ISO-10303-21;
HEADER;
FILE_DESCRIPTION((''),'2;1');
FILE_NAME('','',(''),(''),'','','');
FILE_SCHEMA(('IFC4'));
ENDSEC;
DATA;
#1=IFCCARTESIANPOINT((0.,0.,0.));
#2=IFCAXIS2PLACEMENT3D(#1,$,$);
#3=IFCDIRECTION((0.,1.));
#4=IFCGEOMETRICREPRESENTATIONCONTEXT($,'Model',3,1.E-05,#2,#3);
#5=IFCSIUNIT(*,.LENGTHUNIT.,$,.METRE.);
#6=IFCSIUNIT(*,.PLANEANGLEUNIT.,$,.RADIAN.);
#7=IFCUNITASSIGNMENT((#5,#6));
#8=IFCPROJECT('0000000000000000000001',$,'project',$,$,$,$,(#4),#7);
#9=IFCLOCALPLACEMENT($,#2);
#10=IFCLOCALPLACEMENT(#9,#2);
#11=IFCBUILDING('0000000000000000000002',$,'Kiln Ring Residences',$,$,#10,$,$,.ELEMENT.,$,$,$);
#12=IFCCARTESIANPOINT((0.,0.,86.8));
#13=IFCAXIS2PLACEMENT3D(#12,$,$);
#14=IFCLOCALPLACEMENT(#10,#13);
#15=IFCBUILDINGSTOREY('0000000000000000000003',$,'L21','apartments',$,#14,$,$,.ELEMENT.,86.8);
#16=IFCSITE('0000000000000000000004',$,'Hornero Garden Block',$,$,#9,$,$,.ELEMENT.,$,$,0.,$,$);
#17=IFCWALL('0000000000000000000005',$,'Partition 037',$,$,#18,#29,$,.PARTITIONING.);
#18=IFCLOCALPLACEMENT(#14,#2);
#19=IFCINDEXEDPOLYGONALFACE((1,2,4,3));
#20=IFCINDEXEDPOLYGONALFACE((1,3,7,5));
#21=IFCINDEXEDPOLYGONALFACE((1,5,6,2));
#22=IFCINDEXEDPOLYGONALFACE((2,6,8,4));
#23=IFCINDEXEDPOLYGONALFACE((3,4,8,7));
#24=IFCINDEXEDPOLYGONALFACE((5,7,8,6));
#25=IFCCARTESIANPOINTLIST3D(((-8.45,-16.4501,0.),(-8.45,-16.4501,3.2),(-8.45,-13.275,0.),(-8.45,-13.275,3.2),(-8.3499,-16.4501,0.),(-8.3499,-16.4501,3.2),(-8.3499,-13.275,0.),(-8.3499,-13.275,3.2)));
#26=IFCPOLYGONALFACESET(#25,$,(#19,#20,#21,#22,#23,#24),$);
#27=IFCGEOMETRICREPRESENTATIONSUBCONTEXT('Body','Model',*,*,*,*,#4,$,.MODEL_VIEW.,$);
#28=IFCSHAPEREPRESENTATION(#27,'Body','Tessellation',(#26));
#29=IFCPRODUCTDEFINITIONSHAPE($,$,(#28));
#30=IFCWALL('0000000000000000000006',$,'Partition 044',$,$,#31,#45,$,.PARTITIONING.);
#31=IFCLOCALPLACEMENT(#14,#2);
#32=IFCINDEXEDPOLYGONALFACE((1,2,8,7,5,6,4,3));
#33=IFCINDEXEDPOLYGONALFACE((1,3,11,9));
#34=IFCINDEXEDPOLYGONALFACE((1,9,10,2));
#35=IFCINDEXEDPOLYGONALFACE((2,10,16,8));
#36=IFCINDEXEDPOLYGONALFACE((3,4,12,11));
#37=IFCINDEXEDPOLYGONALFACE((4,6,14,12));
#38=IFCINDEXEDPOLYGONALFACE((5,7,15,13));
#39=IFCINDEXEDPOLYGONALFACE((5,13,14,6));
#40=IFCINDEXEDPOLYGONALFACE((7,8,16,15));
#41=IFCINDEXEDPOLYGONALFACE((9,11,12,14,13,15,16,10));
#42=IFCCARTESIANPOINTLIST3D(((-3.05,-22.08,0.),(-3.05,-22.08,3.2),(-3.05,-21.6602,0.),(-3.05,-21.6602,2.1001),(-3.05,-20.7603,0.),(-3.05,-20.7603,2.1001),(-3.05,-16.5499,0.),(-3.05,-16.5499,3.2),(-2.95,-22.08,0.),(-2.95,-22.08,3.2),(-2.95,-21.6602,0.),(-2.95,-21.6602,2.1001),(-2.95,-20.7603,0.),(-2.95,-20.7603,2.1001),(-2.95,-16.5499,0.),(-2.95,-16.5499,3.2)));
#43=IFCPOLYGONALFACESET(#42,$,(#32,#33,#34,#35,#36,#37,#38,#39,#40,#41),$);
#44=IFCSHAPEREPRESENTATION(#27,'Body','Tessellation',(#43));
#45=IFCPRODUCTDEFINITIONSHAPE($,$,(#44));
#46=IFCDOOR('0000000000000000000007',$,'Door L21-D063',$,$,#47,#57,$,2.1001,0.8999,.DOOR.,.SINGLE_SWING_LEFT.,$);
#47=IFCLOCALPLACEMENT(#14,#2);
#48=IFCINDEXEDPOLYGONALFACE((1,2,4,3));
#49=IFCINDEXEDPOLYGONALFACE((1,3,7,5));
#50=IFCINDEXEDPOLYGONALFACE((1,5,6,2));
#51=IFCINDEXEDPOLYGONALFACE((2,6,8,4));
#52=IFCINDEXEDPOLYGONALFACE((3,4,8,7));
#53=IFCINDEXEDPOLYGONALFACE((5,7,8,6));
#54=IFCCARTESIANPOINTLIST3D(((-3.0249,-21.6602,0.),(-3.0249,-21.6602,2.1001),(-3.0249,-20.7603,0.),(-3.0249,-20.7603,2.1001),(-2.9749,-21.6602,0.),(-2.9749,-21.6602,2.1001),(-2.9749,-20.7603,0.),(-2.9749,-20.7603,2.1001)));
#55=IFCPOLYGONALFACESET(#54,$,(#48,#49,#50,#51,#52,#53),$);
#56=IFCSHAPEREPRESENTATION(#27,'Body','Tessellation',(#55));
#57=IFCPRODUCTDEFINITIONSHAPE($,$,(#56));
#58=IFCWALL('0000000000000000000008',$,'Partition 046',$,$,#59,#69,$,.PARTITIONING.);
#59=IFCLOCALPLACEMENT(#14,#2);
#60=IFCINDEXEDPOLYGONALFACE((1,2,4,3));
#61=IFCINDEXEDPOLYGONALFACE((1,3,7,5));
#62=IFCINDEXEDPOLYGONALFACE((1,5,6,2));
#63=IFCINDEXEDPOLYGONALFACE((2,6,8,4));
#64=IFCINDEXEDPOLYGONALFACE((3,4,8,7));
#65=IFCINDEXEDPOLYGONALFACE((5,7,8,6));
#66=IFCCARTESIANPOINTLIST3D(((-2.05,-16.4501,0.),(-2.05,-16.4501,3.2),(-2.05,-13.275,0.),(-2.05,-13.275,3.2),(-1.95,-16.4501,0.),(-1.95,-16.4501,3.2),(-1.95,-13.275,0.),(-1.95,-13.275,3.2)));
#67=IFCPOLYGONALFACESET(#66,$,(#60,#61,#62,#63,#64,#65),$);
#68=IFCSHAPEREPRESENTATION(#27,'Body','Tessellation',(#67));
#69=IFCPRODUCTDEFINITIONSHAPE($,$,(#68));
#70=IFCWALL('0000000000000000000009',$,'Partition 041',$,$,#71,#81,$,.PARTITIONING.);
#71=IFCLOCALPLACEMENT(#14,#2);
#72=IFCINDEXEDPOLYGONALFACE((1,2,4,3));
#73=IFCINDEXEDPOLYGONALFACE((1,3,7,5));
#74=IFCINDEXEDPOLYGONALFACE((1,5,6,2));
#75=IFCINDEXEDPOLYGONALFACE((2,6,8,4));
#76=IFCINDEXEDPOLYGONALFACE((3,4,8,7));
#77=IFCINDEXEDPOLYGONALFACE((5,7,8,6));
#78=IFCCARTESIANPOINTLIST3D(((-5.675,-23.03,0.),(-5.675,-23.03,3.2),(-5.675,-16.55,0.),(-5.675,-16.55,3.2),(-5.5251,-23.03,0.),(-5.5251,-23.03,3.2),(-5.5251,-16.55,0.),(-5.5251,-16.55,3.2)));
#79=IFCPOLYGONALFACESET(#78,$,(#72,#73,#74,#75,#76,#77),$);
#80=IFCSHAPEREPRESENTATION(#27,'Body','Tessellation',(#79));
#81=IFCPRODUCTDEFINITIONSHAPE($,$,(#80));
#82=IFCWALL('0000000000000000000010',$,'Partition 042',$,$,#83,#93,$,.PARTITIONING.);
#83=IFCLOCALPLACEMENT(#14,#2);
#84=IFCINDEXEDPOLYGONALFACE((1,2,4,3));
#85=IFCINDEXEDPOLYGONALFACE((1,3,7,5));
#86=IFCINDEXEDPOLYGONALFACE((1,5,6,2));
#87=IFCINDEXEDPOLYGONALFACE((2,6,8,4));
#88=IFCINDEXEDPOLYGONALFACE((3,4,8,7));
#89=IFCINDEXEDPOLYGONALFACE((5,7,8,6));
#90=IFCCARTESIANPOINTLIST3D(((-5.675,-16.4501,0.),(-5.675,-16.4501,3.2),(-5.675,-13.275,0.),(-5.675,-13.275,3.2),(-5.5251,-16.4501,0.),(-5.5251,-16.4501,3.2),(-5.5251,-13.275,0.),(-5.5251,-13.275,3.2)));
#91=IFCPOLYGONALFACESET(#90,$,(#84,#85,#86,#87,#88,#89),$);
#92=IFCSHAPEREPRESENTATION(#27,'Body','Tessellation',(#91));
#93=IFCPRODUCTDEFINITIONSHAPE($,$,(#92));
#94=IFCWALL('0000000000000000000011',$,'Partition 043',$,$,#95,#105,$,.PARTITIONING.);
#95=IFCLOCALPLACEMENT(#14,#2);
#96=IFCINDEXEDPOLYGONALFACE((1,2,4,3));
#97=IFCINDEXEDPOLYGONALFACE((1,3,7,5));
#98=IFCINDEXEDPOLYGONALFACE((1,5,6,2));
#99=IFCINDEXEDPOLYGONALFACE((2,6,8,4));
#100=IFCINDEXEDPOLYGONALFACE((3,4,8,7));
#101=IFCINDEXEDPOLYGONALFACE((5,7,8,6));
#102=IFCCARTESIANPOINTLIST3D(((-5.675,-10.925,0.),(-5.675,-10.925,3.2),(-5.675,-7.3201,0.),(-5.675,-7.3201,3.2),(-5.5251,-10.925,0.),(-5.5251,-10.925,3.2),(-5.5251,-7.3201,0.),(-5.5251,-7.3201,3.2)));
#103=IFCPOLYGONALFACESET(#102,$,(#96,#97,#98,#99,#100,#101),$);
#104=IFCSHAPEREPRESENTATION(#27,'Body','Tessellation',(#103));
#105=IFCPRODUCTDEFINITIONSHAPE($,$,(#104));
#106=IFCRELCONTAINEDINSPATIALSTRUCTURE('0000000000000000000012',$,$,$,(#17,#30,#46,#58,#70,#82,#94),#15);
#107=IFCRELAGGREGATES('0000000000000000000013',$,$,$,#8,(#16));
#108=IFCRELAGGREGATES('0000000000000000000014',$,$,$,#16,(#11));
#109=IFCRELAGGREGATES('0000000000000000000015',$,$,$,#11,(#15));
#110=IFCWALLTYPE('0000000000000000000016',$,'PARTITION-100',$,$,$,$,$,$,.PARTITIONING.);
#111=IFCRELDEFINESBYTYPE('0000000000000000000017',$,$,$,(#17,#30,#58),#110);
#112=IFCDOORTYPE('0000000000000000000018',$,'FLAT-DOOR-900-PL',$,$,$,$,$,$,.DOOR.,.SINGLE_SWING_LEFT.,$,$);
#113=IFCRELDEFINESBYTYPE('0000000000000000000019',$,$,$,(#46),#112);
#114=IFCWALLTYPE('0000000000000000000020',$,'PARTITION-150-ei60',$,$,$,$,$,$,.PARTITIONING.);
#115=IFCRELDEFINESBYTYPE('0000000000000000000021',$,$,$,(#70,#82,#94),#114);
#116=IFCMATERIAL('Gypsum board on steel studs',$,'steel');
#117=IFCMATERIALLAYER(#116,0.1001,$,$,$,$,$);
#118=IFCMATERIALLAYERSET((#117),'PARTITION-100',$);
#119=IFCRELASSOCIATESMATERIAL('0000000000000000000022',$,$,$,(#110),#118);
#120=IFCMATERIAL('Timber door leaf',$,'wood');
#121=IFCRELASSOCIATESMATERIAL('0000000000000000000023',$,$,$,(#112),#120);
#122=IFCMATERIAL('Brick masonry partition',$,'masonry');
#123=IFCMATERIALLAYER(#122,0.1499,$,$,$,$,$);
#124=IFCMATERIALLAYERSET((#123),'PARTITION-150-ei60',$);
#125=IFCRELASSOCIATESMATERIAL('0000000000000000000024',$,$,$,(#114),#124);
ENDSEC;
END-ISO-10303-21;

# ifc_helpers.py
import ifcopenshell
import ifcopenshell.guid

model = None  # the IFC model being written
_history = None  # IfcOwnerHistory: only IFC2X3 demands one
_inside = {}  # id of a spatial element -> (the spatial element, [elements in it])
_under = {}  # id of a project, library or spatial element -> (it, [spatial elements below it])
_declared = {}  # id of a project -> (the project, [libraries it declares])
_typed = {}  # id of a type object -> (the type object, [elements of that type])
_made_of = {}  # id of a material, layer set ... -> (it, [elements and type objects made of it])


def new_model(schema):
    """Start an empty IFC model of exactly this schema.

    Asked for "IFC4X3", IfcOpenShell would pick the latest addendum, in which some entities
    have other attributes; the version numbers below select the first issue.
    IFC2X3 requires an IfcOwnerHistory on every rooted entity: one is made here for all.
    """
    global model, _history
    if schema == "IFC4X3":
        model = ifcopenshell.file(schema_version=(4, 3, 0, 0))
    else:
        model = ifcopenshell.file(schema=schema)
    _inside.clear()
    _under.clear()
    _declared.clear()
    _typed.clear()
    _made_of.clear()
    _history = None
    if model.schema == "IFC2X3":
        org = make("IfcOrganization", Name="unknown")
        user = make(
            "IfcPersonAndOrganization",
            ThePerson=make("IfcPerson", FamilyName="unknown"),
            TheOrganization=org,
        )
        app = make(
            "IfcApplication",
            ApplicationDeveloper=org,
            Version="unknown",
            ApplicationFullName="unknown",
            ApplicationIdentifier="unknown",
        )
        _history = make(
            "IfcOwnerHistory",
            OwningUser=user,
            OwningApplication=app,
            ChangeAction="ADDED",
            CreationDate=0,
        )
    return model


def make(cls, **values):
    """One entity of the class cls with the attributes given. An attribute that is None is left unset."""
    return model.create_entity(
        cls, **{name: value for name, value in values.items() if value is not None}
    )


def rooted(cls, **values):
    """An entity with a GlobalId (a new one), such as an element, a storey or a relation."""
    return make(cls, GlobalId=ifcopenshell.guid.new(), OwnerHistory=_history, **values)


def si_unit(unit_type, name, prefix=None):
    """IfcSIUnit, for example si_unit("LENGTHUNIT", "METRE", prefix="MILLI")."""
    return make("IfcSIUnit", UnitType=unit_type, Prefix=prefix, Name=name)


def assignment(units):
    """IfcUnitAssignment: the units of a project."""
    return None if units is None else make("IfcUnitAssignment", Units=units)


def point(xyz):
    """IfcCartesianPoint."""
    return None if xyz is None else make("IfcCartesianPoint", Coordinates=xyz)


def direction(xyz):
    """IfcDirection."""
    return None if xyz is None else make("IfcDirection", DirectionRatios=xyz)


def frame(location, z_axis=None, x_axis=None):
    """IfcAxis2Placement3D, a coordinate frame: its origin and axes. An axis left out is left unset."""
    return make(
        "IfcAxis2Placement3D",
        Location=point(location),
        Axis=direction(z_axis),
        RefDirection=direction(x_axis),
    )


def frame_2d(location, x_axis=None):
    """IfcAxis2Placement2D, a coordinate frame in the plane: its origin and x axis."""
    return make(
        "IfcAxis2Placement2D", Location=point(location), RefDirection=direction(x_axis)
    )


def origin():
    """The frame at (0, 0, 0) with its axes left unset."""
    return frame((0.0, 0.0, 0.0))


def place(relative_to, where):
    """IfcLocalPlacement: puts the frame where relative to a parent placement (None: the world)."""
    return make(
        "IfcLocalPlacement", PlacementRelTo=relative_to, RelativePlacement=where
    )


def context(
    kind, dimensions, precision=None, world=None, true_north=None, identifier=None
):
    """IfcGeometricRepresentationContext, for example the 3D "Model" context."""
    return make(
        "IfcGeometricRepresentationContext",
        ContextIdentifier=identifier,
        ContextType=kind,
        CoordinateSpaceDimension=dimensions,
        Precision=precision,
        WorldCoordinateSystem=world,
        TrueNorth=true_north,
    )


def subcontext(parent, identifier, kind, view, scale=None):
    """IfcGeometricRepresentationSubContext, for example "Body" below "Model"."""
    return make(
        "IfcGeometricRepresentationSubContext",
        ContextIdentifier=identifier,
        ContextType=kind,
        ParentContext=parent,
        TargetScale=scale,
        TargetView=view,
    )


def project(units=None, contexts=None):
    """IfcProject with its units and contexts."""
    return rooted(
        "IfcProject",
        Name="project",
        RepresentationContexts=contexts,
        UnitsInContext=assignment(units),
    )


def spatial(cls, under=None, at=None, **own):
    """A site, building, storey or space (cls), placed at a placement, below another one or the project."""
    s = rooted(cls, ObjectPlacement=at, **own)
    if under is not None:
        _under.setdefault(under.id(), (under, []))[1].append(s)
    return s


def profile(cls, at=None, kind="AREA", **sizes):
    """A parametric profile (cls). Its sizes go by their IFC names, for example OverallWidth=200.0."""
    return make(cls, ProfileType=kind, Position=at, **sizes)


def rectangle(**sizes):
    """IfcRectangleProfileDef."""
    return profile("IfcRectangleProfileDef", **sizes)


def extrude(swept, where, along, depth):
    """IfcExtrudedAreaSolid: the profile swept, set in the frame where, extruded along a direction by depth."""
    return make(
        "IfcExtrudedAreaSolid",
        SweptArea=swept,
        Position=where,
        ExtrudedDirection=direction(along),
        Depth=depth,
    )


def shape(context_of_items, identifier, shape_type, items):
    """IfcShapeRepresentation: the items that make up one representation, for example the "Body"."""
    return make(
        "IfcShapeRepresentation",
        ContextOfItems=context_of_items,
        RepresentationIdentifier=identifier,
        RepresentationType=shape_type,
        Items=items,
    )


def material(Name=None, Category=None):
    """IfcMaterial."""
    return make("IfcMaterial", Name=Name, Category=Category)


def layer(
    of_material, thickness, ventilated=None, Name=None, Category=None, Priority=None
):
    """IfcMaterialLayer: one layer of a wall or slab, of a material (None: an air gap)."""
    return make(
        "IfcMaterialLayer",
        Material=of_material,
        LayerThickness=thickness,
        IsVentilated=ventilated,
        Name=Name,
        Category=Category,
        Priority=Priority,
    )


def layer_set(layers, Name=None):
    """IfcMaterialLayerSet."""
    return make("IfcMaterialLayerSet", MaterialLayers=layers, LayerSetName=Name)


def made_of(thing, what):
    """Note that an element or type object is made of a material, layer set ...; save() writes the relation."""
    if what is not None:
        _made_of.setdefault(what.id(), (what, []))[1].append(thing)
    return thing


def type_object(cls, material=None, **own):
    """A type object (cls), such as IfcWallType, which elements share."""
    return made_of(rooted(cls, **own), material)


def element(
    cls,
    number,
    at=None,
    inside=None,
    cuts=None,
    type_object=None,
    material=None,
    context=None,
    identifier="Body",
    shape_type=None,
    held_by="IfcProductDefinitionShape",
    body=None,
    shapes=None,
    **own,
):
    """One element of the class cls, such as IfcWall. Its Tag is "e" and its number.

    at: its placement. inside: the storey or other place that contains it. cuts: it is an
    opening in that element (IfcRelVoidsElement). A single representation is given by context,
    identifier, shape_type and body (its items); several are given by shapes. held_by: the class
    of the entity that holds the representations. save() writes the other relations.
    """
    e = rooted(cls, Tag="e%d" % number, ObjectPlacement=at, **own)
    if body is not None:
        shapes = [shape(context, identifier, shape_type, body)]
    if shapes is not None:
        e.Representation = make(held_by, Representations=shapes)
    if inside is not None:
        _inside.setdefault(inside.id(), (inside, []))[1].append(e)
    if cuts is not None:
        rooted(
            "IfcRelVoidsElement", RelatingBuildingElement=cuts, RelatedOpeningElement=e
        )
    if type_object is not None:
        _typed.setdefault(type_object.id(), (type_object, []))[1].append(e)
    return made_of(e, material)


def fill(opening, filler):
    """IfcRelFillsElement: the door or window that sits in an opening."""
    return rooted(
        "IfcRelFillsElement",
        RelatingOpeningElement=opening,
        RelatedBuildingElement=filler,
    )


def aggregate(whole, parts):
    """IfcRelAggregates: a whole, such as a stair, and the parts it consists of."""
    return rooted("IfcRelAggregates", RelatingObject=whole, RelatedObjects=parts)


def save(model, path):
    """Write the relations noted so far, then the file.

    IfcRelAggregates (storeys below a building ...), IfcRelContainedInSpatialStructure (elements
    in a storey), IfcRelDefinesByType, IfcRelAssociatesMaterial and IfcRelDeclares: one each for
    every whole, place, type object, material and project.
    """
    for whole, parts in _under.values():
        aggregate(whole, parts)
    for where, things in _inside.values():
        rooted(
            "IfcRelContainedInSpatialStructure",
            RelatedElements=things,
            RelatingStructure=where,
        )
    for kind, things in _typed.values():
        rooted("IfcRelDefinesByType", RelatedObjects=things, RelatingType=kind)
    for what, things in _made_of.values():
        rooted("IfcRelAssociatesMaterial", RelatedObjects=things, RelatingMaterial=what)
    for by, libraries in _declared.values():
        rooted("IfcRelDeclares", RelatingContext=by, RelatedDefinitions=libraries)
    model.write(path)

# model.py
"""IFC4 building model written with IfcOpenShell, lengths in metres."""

from ifc_helpers import new_model, si_unit, direction, frame, frame_2d, origin, place, context, subcontext, project, spatial, rectangle, extrude, material, layer, layer_set, type_object, element, fill, save


model = new_model("IFC4")

# Units and contexts
model_context = context("Model", 3, precision=1e-05, world=origin(), true_north=direction((0.0, 1.0)))
body_context = subcontext(model_context, "Body", "Model", "MODEL_VIEW")
ifc_project = project(units=[si_unit("LENGTHUNIT", "METRE"), si_unit("PLANEANGLEUNIT", "RADIAN")], contexts=[model_context])

# Site, building, storey
site_placement = place(None, origin())
site = spatial("IfcSite", under=ifc_project, at=site_placement, Name="Hornero Garden Block", CompositionType="ELEMENT", RefElevation=0.0)
building_placement = place(site_placement, origin())
building = spatial("IfcBuilding", under=site, at=building_placement, Name="Kiln Ring Residences", CompositionType="ELEMENT")
storey_placement = place(building_placement, frame((0.0, 0.0, 86.8)))
storey = spatial("IfcBuildingStorey", under=building, at=storey_placement, Name="L21", Description="apartments", CompositionType="ELEMENT", Elevation=86.8)

# Shared definitions
ifc_material_1 = material(Name="Gypsum board on steel studs", Category="steel")
ifc_layer_1 = layer(ifc_material_1, 0.1001)
ifc_layer_set_1 = layer_set([ifc_layer_1], Name="PARTITION-100")
wall_type_1 = type_object("IfcWallType", Name="PARTITION-100", PredefinedType="PARTITIONING", material=ifc_layer_set_1)
ifc_material_2 = material(Name="Timber door leaf", Category="wood")
door_type = type_object("IfcDoorType", Name="FLAT-DOOR-900-PL", OperationType="SINGLE_SWING_LEFT", PredefinedType="DOOR", material=ifc_material_2)

# Wall
wall_1_placement = place(storey_placement, frame((-8.3999, -16.45, 0.0), z_axis=(0.0, 0.0, 1.0), x_axis=(0.0, 1.0, 0.0)))
element("IfcWall", 1, at=wall_1_placement, inside=storey, type_object=wall_type_1, Name="Partition 037", PredefinedType="PARTITIONING", context=body_context, shape_type="SweptSolid", body=[
    extrude(rectangle(XDim=3.175, YDim=0.1001, at=frame_2d((1.5874, 0.0))), origin(), (0.0, 0.0, 1.0), 3.2),
])

# Wall, opening, door
wall_2_placement = place(storey_placement, frame((-3.0, -22.0801, 0.0), z_axis=(0.0, 0.0, 1.0), x_axis=(0.0, 1.0, 0.0)))
wall_2 = element("IfcWall", 2, at=wall_2_placement, inside=storey, type_object=wall_type_1, Name="Partition 044", PredefinedType="PARTITIONING", context=body_context, shape_type="SweptSolid", body=[
    extrude(rectangle(XDim=5.53, YDim=0.1001, at=frame_2d((2.7651, 0.0))), origin(), (0.0, 0.0, 1.0), 3.2),
])
opening_1_placement = place(wall_2_placement, frame((0.4199, 0.0, 0.0)))
opening_1 = element("IfcOpeningElement", 3, at=opening_1_placement, cuts=wall_2, PredefinedType="OPENING", context=body_context, shape_type="SweptSolid", body=[
    extrude(rectangle(XDim=0.8999, YDim=2.1001, at=frame_2d((0.45, 1.05))), frame((0.0, 0.0601, 0.0), z_axis=(0.0, -1.0, 0.0), x_axis=(1.0, 0.0, 0.0)), (0.0, 0.0, 1.0), 0.1201),
])
door_1_placement = place(opening_1_placement, origin())
door_1 = element("IfcDoor", 4, at=door_1_placement, inside=storey, type_object=door_type, Name="Door L21-D063", OperationType="SINGLE_SWING_LEFT", OverallHeight=2.1001, OverallWidth=0.8999, PredefinedType="DOOR", context=body_context, shape_type="SweptSolid", body=[
    extrude(rectangle(XDim=0.8999, YDim=2.1001, at=frame_2d((0.45, 1.05))), frame((0.0, 0.0249, 0.0), z_axis=(0.0, -1.0, 0.0), x_axis=(1.0, 0.0, 0.0)), (0.0, 0.0, 1.0), 0.05),
])
fill(opening_1, door_1)

# Walls
wall_3_placement = place(storey_placement, frame((-2.0, -16.45, 0.0), z_axis=(0.0, 0.0, 1.0), x_axis=(0.0, 1.0, 0.0)))
element("IfcWall", 5, at=wall_3_placement, inside=storey, type_object=wall_type_1, Name="Partition 046", PredefinedType="PARTITIONING", context=body_context, shape_type="SweptSolid", body=[
    extrude(rectangle(XDim=3.175, YDim=0.1001, at=frame_2d((1.5874, 0.0))), origin(), (0.0, 0.0, 1.0), 3.2),
])
ifc_material_3 = material(Name="Brick masonry partition", Category="masonry")
ifc_layer_2 = layer(ifc_material_3, 0.1499)
ifc_layer_set_2 = layer_set([ifc_layer_2], Name="PARTITION-150-ei60")
wall_type_2 = type_object("IfcWallType", Name="PARTITION-150-ei60", PredefinedType="PARTITIONING", material=ifc_layer_set_2)
wall_4_placement = place(storey_placement, frame((-5.6001, -23.03, 0.0), z_axis=(0.0, 0.0, 1.0), x_axis=(0.0, 1.0, 0.0)))
element("IfcWall", 6, at=wall_4_placement, inside=storey, type_object=wall_type_2, Name="Partition 041", PredefinedType="PARTITIONING", context=body_context, shape_type="SweptSolid", body=[
    extrude(rectangle(XDim=6.48, YDim=0.1499, at=frame_2d((3.24, 0.0))), origin(), (0.0, 0.0, 1.0), 3.2),
])
wall_5_placement = place(storey_placement, frame((-5.6001, -16.45, 0.0), z_axis=(0.0, 0.0, 1.0), x_axis=(0.0, 1.0, 0.0)))
element("IfcWall", 7, at=wall_5_placement, inside=storey, type_object=wall_type_2, Name="Partition 042", PredefinedType="PARTITIONING", context=body_context, shape_type="SweptSolid", body=[
    extrude(rectangle(XDim=3.175, YDim=0.1499, at=frame_2d((1.5874, 0.0))), origin(), (0.0, 0.0, 1.0), 3.2),
])
wall_6_placement = place(storey_placement, frame((-5.6001, -10.925, 0.0), z_axis=(0.0, 0.0, 1.0), x_axis=(0.0, 1.0, 0.0)))
element("IfcWall", 8, at=wall_6_placement, inside=storey, type_object=wall_type_2, Name="Partition 043", PredefinedType="PARTITIONING", context=body_context, shape_type="SweptSolid", body=[
    extrude(rectangle(XDim=3.605, YDim=0.1499, at=frame_2d((1.8025, 0.0))), origin(), (0.0, 0.0, 1.0), 3.2),
])

save(model, "model.ifc")
